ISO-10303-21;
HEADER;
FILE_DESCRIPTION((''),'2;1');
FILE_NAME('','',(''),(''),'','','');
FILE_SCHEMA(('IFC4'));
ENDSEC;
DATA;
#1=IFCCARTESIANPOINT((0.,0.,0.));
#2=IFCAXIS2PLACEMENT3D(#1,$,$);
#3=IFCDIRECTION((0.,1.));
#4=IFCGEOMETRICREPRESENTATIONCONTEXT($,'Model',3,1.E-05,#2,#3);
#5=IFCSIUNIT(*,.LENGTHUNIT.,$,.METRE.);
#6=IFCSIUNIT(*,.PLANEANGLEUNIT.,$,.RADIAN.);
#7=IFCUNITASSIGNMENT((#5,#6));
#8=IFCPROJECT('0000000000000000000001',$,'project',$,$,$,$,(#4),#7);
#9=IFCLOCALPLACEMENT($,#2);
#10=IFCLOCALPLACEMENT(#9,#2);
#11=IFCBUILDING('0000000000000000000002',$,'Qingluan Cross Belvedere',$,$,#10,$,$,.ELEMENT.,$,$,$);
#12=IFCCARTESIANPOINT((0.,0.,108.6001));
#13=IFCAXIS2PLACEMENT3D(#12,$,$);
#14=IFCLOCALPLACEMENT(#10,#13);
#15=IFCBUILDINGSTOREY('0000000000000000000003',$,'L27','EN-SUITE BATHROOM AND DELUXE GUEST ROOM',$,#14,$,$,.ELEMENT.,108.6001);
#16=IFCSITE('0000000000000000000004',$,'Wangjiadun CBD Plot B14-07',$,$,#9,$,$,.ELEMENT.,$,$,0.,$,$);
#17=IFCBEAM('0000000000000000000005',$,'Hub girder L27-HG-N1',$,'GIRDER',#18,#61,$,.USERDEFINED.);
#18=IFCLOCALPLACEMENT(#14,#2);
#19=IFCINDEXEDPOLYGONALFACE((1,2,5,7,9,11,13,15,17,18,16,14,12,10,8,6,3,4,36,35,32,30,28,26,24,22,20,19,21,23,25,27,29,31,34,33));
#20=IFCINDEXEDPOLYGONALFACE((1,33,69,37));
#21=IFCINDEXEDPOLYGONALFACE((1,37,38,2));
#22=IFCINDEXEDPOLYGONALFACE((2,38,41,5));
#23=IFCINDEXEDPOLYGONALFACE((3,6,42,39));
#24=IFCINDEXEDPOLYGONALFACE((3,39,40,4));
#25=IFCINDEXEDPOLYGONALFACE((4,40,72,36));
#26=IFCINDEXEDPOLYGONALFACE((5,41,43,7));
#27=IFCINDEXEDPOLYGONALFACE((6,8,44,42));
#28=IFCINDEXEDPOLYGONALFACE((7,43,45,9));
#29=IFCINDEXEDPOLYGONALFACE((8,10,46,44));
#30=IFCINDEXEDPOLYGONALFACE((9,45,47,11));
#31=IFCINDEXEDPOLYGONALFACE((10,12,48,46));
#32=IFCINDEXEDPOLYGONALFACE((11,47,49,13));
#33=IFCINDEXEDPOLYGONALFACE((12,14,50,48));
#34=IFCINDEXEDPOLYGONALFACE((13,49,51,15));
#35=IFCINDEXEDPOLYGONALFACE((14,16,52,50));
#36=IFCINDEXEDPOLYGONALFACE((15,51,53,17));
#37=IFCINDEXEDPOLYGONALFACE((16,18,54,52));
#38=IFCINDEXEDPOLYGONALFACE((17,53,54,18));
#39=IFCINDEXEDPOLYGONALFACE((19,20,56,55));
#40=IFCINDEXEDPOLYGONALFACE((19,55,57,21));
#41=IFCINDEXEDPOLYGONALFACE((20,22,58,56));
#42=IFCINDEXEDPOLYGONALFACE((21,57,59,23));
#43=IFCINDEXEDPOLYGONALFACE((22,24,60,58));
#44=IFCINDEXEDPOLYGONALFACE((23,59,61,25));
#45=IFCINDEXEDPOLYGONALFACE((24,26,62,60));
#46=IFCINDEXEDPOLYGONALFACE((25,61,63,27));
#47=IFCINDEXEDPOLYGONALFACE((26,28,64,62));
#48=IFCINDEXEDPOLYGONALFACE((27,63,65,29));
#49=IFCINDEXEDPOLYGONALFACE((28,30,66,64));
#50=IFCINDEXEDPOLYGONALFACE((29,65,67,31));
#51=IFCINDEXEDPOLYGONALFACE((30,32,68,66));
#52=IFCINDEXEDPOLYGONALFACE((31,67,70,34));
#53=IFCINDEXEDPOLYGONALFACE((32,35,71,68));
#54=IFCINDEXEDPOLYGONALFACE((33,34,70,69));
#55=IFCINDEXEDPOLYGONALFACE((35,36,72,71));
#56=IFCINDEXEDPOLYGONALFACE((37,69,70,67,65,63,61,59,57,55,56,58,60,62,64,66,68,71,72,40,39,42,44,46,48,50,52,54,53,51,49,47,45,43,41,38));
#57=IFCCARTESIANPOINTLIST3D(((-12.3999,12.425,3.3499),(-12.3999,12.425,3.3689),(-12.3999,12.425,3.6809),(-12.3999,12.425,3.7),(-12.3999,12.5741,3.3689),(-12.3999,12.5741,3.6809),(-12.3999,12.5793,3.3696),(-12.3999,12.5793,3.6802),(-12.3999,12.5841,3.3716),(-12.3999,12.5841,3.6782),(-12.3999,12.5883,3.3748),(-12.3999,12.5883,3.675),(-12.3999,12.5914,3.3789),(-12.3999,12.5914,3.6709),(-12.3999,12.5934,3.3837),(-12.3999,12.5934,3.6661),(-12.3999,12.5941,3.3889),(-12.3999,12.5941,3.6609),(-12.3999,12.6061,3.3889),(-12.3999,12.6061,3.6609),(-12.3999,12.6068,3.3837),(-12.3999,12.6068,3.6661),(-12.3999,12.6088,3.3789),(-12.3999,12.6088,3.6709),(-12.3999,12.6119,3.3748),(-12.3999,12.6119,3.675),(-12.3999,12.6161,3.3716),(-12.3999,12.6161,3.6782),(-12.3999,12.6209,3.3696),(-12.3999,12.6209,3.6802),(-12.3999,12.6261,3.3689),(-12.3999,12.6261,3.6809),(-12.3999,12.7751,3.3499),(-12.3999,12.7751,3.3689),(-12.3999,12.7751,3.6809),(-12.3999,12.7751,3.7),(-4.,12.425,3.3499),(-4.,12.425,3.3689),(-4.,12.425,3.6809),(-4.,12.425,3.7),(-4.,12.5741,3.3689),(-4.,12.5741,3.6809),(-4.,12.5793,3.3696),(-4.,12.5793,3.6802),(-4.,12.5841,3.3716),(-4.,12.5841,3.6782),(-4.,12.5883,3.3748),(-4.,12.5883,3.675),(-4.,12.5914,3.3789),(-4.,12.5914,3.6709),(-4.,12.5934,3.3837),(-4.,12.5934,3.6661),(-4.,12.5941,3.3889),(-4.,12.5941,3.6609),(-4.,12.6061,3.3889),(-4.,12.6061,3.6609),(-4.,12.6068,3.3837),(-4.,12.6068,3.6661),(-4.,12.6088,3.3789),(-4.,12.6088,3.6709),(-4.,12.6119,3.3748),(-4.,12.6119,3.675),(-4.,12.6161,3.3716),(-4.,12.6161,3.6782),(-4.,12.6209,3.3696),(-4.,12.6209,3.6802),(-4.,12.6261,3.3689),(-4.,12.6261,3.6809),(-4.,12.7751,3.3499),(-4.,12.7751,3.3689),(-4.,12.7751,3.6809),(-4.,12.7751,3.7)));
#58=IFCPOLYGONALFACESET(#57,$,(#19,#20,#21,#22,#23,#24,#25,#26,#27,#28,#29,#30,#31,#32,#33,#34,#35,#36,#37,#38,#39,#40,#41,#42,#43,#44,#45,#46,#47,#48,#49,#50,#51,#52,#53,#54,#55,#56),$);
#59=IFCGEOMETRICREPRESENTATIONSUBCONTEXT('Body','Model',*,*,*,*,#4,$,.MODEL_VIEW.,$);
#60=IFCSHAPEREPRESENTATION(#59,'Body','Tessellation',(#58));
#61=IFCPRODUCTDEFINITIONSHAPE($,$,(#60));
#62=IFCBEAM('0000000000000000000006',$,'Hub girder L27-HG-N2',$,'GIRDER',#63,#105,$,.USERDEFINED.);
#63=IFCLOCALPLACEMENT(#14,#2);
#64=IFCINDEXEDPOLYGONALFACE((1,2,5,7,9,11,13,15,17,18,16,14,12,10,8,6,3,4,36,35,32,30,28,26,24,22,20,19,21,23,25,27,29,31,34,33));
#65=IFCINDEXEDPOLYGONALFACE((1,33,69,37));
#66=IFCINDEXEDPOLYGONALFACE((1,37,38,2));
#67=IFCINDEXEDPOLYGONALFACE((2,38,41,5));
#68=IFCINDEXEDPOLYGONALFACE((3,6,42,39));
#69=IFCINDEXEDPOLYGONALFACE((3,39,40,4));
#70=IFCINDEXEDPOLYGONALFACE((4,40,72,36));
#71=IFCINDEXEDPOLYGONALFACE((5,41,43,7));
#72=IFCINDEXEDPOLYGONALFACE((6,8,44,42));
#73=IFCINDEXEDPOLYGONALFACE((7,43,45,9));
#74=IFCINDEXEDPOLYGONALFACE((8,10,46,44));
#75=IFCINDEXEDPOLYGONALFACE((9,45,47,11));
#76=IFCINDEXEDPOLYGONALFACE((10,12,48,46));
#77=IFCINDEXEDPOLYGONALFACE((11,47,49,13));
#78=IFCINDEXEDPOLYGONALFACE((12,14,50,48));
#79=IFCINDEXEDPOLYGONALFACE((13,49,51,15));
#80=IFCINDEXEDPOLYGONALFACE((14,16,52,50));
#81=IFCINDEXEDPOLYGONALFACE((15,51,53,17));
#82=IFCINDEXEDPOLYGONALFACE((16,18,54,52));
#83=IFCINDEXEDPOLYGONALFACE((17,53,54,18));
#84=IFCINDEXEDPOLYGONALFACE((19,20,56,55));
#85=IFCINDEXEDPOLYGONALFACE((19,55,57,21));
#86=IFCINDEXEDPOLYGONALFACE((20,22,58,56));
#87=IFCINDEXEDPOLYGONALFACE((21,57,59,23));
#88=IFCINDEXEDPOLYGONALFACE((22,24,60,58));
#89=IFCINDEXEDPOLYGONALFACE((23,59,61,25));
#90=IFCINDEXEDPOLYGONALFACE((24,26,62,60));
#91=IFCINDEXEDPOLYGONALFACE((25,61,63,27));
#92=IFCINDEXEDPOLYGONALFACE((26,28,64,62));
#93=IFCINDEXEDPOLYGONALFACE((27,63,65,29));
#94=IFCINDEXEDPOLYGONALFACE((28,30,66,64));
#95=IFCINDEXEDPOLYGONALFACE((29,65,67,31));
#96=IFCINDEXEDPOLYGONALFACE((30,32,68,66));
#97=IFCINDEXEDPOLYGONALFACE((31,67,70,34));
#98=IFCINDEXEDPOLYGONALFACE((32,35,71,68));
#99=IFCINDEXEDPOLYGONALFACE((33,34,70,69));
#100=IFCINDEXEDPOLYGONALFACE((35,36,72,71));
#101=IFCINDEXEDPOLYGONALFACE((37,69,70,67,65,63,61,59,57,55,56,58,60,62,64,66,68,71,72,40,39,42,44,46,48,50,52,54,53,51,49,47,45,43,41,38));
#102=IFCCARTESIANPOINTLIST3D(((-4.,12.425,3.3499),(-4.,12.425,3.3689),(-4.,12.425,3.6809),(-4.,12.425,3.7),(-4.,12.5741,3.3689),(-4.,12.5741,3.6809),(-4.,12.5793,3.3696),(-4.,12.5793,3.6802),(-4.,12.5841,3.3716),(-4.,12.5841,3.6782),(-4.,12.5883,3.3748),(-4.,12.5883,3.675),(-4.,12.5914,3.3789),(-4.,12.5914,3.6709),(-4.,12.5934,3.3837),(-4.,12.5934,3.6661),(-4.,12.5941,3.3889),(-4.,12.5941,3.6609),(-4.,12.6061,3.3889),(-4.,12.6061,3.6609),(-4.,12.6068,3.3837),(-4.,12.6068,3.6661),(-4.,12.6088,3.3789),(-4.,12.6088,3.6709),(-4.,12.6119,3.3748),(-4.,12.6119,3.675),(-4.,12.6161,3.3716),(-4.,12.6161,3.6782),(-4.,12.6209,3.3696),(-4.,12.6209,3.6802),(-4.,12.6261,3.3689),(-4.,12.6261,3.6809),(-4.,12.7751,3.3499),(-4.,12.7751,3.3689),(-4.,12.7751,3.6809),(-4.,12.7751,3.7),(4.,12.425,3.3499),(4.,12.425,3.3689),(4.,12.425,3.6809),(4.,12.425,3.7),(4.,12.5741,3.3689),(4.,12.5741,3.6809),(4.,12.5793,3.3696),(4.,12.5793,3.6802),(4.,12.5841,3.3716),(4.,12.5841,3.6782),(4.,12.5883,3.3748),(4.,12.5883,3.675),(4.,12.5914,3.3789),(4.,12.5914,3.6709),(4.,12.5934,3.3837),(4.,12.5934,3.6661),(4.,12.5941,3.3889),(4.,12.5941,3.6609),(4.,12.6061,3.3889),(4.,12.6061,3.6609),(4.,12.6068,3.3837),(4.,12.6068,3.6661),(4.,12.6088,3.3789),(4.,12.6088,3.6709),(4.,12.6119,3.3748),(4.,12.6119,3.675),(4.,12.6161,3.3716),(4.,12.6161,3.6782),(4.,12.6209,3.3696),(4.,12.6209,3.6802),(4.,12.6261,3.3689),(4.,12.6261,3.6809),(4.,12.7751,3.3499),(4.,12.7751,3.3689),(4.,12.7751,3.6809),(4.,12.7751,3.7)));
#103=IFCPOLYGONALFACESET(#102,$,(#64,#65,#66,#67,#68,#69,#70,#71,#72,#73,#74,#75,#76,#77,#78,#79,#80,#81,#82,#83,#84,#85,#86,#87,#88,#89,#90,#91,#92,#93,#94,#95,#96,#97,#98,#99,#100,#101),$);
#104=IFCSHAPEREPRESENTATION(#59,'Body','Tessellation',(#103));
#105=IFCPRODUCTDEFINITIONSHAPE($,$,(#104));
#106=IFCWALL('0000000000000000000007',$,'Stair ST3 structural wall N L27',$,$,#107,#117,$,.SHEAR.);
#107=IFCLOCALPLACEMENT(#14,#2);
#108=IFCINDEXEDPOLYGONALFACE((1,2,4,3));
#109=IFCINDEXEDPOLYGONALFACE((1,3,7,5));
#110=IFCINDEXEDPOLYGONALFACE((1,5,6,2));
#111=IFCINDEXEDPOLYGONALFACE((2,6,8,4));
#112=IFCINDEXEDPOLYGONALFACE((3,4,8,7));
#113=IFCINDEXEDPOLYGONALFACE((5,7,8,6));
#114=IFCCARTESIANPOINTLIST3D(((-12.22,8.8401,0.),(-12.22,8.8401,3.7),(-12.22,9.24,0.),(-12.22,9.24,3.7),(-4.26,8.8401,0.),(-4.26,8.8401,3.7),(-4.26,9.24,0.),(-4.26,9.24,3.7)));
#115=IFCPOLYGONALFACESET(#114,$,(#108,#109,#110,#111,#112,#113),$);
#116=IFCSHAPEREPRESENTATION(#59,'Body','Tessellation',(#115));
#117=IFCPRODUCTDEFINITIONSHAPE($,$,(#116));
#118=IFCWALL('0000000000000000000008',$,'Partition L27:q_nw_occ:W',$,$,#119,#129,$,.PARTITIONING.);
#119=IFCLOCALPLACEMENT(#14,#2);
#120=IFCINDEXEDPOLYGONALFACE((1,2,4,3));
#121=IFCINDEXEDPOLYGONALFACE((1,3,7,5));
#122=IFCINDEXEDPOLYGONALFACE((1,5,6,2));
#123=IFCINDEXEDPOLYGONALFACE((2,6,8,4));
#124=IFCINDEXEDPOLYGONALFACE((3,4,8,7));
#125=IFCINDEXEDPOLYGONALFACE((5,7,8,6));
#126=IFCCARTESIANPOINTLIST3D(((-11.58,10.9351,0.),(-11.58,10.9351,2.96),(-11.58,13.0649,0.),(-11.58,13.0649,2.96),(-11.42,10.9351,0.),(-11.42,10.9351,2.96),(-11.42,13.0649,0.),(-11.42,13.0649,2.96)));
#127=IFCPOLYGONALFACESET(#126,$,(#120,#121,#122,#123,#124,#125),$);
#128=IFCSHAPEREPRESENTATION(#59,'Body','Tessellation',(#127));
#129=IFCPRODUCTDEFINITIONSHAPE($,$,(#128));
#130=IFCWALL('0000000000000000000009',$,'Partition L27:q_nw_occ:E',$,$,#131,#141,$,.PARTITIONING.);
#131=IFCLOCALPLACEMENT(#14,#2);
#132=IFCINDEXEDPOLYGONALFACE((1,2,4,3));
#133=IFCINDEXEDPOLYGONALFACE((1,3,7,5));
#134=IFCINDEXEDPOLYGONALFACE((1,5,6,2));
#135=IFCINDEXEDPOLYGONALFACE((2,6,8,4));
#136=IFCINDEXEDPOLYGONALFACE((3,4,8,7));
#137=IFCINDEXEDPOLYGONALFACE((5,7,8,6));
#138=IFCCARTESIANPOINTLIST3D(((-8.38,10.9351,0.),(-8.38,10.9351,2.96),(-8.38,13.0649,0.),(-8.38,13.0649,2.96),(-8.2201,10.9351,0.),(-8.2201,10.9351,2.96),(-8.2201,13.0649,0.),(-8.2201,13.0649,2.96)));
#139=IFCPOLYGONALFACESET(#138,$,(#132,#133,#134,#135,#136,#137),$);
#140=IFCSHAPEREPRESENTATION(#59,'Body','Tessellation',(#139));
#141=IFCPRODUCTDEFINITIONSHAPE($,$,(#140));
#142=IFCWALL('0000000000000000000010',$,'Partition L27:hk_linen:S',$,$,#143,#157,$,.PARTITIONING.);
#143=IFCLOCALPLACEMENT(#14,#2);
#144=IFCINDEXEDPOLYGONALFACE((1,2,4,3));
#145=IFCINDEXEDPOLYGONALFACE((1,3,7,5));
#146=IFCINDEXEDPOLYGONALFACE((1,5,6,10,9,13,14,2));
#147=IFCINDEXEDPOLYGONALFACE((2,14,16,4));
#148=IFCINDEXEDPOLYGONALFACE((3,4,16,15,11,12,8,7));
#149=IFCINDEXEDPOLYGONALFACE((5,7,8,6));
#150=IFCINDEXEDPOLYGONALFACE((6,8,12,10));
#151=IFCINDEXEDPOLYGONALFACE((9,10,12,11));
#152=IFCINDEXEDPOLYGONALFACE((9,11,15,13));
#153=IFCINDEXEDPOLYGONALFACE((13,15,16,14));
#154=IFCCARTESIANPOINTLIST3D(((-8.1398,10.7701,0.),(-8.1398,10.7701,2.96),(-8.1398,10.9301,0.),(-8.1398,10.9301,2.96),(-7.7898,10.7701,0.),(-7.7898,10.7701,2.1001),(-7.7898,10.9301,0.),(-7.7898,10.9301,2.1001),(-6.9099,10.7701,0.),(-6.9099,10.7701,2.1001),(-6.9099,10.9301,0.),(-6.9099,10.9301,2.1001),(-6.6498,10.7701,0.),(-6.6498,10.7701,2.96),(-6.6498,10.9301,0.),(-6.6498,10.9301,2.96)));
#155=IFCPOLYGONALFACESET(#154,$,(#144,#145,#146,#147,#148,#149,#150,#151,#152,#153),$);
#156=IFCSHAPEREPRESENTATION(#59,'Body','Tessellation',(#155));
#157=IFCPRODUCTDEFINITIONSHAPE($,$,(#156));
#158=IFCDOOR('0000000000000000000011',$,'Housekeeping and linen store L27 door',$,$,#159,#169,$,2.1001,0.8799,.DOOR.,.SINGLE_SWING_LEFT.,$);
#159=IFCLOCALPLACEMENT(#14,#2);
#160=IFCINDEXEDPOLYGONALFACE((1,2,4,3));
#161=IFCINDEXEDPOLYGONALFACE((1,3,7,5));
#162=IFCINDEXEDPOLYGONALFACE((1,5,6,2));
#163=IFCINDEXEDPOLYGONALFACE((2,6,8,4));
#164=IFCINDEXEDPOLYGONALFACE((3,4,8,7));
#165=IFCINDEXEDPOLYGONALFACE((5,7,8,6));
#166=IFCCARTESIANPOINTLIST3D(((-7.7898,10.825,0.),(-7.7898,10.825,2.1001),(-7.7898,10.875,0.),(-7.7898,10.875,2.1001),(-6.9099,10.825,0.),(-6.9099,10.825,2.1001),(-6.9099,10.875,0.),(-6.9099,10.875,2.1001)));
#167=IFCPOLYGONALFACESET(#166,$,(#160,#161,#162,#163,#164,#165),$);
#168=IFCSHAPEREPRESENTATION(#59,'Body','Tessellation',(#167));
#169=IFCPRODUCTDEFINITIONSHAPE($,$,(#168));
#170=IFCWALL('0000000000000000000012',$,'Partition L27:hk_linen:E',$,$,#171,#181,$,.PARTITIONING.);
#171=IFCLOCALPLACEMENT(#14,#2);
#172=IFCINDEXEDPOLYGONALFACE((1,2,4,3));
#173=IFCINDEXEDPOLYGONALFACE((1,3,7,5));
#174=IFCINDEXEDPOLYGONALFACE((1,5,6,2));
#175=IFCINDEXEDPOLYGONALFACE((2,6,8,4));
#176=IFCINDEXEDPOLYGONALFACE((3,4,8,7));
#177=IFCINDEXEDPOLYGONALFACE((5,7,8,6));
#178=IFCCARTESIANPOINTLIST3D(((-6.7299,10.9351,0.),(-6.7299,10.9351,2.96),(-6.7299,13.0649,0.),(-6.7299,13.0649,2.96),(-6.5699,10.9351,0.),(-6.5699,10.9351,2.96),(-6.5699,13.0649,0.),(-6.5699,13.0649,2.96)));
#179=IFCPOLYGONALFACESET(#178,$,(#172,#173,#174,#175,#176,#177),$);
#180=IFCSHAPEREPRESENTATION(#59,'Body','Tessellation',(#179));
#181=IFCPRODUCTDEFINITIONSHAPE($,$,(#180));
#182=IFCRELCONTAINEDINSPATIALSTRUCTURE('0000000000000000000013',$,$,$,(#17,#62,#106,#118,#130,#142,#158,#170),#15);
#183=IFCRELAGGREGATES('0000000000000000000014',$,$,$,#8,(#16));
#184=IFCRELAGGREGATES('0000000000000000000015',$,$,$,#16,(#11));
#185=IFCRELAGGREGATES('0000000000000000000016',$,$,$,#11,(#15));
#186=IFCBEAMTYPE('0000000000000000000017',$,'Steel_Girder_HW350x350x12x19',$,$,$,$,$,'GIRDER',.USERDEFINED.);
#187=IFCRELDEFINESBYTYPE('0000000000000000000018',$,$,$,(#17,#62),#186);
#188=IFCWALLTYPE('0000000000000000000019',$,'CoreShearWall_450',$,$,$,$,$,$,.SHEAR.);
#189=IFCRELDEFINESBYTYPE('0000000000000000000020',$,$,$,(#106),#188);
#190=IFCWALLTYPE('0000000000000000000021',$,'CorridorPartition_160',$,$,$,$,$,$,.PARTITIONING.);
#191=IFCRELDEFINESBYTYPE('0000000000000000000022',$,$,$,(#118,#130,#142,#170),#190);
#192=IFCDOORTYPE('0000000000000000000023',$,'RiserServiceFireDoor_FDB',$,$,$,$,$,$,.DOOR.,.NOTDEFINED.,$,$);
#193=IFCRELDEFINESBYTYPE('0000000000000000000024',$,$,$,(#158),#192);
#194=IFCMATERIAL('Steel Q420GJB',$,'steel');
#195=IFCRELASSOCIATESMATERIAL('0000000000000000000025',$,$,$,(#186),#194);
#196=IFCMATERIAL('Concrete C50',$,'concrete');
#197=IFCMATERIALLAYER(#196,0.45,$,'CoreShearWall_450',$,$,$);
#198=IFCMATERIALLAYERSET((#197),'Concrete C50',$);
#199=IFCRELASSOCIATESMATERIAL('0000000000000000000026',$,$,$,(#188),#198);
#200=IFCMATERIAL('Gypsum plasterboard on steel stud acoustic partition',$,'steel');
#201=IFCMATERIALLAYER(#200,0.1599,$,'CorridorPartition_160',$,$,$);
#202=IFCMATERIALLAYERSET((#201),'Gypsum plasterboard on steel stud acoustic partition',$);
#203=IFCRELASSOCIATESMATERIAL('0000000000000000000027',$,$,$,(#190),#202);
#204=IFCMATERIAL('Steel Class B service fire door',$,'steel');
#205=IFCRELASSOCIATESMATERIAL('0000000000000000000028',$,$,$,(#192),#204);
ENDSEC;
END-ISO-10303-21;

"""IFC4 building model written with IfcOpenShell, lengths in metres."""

from ifc_helpers import new_model, si_unit, direction, frame, frame_2d, origin, origin_2d, place, context, subcontext, project, spatial, rectangle, i_section, extrude, material, layer, layer_set, material_profile, profile_set, type_object, element, fill, save


model = new_model("IFC4")

# Units and contexts
model_context = context("Model", 3, precision=1e-05, world=origin(), true_north=direction((0.0, 1.0)))
body_context = subcontext(model_context, "Body", "Model", "MODEL_VIEW")
ifc_project = project(units=[si_unit("LENGTHUNIT", "METRE"), si_unit("PLANEANGLEUNIT", "RADIAN")], contexts=[model_context])

# Site, building, storey
site_placement = place(None, origin())
site = spatial("IfcSite", under=ifc_project, at=site_placement, Name="Wangjiadun CBD Plot B14-07", CompositionType="ELEMENT", RefElevation=0.0)
building_placement = place(site_placement, origin())
building = spatial("IfcBuilding", under=site, at=building_placement, Name="Qingluan Cross Belvedere", CompositionType="ELEMENT")
storey_placement = place(building_placement, frame((0.0, 0.0, 108.6001)))
storey = spatial("IfcBuildingStorey", under=building, at=storey_placement, Name="L27", Description="EN-SUITE BATHROOM AND DELUXE GUEST ROOM", CompositionType="ELEMENT", Elevation=108.6001)

# Beams
ifc_material_1 = material(Name="Steel Q420GJB", Category="steel")
ifc_material_profile_1 = material_profile(ifc_material_1, i_section(OverallWidth=0.3501, OverallDepth=0.3501, WebThickness=0.012, FlangeThickness=0.019, FilletRadius=0.02, at=origin_2d()), Name="HW350x350x12x19")
ifc_profile_set_1 = profile_set([ifc_material_profile_1], Name="Steel Q420GJB")
beam_type_1 = type_object("IfcBeamType", Name="Steel_Girder_HW350x350x12x19", ElementType="GIRDER", PredefinedType="USERDEFINED", material=ifc_profile_set_1)
beam_1_placement = place(storey_placement, frame((-12.3999, 12.6001, 3.5249), z_axis=(1.0, 0.0, 0.0), x_axis=(0.0, 1.0, 0.0)))
element("IfcBeam", 1, at=beam_1_placement, inside=storey, type_object=beam_type_1, Name="Hub girder L27-HG-N1", ObjectType="GIRDER", PredefinedType="USERDEFINED", context=body_context, shape_type="SweptSolid", body=[
    extrude(i_section(OverallWidth=0.3501, OverallDepth=0.3501, WebThickness=0.012, FlangeThickness=0.019, FilletRadius=0.02, at=origin_2d()), origin(), (0.0, 0.0, 1.0), 8.3999),
])
beam_2_placement = place(storey_placement, frame((-4.0, 12.6001, 3.5249), z_axis=(1.0, 0.0, 0.0), x_axis=(0.0, 1.0, 0.0)))
element("IfcBeam", 2, at=beam_2_placement, inside=storey, type_object=beam_type_1, Name="Hub girder L27-HG-N2", ObjectType="GIRDER", PredefinedType="USERDEFINED", context=body_context, shape_type="SweptSolid", body=[
    extrude(i_section(OverallWidth=0.3501, OverallDepth=0.3501, WebThickness=0.012, FlangeThickness=0.019, FilletRadius=0.02, at=origin_2d()), origin(), (0.0, 0.0, 1.0), 8.0),
])

# Wall
ifc_material_2 = material(Name="Concrete C50", Category="concrete")
ifc_layer_1 = layer(ifc_material_2, 0.45, Name="CoreShearWall_450")
ifc_layer_set_1 = layer_set([ifc_layer_1], Name="Concrete C50")
wall_type_1 = type_object("IfcWallType", Name="CoreShearWall_450", PredefinedType="SHEAR", material=ifc_layer_set_1)
wall_1_placement = place(storey_placement, frame((-12.22, 9.04, 0.0), z_axis=(0.0, 0.0, 1.0), x_axis=(1.0, 0.0, 0.0)))
element("IfcWall", 3, at=wall_1_placement, inside=storey, type_object=wall_type_1, Name="Stair ST3 structural wall N L27", PredefinedType="SHEAR", context=body_context, shape_type="SweptSolid", body=[
    extrude(rectangle(XDim=7.96, YDim=0.3999, at=frame_2d((3.98, 0.0))), origin(), (0.0, 0.0, 1.0), 3.7),
])

# Shared definitions
ifc_material_3 = material(Name="Gypsum plasterboard on steel stud acoustic partition", Category="steel")
ifc_layer_2 = layer(ifc_material_3, 0.1599, Name="CorridorPartition_160")
ifc_layer_set_2 = layer_set([ifc_layer_2], Name="Gypsum plasterboard on steel stud acoustic partition")
wall_type_2 = type_object("IfcWallType", Name="CorridorPartition_160", PredefinedType="PARTITIONING", material=ifc_layer_set_2)

# Walls
for number, where, z_axis, x_axis, name in (
    (4, (-11.5, 10.9351, 0.0), (0.0, 0.0, 1.0), (0.0, 1.0, 0.0), "Partition L27:q_nw_occ:W"),
    (5, (-8.3, 10.9351, 0.0), (0.0, 0.0, 1.0), (0.0, 1.0, 0.0), "Partition L27:q_nw_occ:E"),
):
    element("IfcWall", number, at=place(storey_placement, frame(where, z_axis=z_axis, x_axis=x_axis)), inside=storey, type_object=wall_type_2, Name=name, PredefinedType="PARTITIONING", context=body_context, shape_type="SweptSolid", body=[
        extrude(rectangle(XDim=2.1299, YDim=0.1599, at=frame_2d((1.0649, 0.0))), origin(), (0.0, 0.0, 1.0), 2.96),
    ])

# Wall, opening, door
wall_2_placement = place(storey_placement, frame((-8.1399, 10.8501, 0.0), z_axis=(0.0, 0.0, 1.0), x_axis=(1.0, 0.0, 0.0)))
wall_2 = element("IfcWall", 6, at=wall_2_placement, inside=storey, type_object=wall_type_2, Name="Partition L27:hk_linen:S", PredefinedType="PARTITIONING", context=body_context, shape_type="SweptSolid", body=[
    extrude(rectangle(XDim=1.49, YDim=0.1599, at=frame_2d((0.7451, 0.0))), origin(), (0.0, 0.0, 1.0), 2.96),
])
opening_1_placement = place(wall_2_placement, frame((0.3501, 0.0, 0.0)))
opening_1 = element("IfcOpeningElement", 7, at=opening_1_placement, cuts=wall_2, PredefinedType="OPENING", context=body_context, shape_type="SweptSolid", body=[
    extrude(rectangle(XDim=0.8799, YDim=2.1001, at=frame_2d((0.4399, 1.05))), frame((0.0, 0.0898, 0.0), z_axis=(0.0, -1.0, 0.0), x_axis=(1.0, 0.0, 0.0)), (0.0, 0.0, 1.0), 0.1799),
])
ifc_material_4 = material(Name="Steel Class B service fire door", Category="steel")
door_type_1 = type_object("IfcDoorType", Name="RiserServiceFireDoor_FDB", OperationType="NOTDEFINED", PredefinedType="DOOR", material=ifc_material_4)
door_1_placement = place(opening_1_placement, origin())
door_1 = element("IfcDoor", 8, at=door_1_placement, inside=storey, type_object=door_type_1, Name="Housekeeping and linen store L27 door", OperationType="SINGLE_SWING_LEFT", OverallHeight=2.1001, OverallWidth=0.8799, PredefinedType="DOOR", context=body_context, shape_type="SweptSolid", body=[
    extrude(rectangle(XDim=0.8799, YDim=2.1001, at=frame_2d((0.4399, 1.05))), frame((0.0, 0.0249, 0.0), z_axis=(0.0, -1.0, 0.0), x_axis=(1.0, 0.0, 0.0)), (0.0, 0.0, 1.0), 0.05),
])
fill(opening_1, door_1)

# Wall
wall_3_placement = place(storey_placement, frame((-6.6499, 10.9351, 0.0), z_axis=(0.0, 0.0, 1.0), x_axis=(0.0, 1.0, 0.0)))
element("IfcWall", 9, at=wall_3_placement, inside=storey, type_object=wall_type_2, Name="Partition L27:hk_linen:E", PredefinedType="PARTITIONING", context=body_context, shape_type="SweptSolid", body=[
    extrude(rectangle(XDim=2.1299, YDim=0.1599, at=frame_2d((1.0649, 0.0))), origin(), (0.0, 0.0, 1.0), 2.96),
])

save(model, "model.ifc")
